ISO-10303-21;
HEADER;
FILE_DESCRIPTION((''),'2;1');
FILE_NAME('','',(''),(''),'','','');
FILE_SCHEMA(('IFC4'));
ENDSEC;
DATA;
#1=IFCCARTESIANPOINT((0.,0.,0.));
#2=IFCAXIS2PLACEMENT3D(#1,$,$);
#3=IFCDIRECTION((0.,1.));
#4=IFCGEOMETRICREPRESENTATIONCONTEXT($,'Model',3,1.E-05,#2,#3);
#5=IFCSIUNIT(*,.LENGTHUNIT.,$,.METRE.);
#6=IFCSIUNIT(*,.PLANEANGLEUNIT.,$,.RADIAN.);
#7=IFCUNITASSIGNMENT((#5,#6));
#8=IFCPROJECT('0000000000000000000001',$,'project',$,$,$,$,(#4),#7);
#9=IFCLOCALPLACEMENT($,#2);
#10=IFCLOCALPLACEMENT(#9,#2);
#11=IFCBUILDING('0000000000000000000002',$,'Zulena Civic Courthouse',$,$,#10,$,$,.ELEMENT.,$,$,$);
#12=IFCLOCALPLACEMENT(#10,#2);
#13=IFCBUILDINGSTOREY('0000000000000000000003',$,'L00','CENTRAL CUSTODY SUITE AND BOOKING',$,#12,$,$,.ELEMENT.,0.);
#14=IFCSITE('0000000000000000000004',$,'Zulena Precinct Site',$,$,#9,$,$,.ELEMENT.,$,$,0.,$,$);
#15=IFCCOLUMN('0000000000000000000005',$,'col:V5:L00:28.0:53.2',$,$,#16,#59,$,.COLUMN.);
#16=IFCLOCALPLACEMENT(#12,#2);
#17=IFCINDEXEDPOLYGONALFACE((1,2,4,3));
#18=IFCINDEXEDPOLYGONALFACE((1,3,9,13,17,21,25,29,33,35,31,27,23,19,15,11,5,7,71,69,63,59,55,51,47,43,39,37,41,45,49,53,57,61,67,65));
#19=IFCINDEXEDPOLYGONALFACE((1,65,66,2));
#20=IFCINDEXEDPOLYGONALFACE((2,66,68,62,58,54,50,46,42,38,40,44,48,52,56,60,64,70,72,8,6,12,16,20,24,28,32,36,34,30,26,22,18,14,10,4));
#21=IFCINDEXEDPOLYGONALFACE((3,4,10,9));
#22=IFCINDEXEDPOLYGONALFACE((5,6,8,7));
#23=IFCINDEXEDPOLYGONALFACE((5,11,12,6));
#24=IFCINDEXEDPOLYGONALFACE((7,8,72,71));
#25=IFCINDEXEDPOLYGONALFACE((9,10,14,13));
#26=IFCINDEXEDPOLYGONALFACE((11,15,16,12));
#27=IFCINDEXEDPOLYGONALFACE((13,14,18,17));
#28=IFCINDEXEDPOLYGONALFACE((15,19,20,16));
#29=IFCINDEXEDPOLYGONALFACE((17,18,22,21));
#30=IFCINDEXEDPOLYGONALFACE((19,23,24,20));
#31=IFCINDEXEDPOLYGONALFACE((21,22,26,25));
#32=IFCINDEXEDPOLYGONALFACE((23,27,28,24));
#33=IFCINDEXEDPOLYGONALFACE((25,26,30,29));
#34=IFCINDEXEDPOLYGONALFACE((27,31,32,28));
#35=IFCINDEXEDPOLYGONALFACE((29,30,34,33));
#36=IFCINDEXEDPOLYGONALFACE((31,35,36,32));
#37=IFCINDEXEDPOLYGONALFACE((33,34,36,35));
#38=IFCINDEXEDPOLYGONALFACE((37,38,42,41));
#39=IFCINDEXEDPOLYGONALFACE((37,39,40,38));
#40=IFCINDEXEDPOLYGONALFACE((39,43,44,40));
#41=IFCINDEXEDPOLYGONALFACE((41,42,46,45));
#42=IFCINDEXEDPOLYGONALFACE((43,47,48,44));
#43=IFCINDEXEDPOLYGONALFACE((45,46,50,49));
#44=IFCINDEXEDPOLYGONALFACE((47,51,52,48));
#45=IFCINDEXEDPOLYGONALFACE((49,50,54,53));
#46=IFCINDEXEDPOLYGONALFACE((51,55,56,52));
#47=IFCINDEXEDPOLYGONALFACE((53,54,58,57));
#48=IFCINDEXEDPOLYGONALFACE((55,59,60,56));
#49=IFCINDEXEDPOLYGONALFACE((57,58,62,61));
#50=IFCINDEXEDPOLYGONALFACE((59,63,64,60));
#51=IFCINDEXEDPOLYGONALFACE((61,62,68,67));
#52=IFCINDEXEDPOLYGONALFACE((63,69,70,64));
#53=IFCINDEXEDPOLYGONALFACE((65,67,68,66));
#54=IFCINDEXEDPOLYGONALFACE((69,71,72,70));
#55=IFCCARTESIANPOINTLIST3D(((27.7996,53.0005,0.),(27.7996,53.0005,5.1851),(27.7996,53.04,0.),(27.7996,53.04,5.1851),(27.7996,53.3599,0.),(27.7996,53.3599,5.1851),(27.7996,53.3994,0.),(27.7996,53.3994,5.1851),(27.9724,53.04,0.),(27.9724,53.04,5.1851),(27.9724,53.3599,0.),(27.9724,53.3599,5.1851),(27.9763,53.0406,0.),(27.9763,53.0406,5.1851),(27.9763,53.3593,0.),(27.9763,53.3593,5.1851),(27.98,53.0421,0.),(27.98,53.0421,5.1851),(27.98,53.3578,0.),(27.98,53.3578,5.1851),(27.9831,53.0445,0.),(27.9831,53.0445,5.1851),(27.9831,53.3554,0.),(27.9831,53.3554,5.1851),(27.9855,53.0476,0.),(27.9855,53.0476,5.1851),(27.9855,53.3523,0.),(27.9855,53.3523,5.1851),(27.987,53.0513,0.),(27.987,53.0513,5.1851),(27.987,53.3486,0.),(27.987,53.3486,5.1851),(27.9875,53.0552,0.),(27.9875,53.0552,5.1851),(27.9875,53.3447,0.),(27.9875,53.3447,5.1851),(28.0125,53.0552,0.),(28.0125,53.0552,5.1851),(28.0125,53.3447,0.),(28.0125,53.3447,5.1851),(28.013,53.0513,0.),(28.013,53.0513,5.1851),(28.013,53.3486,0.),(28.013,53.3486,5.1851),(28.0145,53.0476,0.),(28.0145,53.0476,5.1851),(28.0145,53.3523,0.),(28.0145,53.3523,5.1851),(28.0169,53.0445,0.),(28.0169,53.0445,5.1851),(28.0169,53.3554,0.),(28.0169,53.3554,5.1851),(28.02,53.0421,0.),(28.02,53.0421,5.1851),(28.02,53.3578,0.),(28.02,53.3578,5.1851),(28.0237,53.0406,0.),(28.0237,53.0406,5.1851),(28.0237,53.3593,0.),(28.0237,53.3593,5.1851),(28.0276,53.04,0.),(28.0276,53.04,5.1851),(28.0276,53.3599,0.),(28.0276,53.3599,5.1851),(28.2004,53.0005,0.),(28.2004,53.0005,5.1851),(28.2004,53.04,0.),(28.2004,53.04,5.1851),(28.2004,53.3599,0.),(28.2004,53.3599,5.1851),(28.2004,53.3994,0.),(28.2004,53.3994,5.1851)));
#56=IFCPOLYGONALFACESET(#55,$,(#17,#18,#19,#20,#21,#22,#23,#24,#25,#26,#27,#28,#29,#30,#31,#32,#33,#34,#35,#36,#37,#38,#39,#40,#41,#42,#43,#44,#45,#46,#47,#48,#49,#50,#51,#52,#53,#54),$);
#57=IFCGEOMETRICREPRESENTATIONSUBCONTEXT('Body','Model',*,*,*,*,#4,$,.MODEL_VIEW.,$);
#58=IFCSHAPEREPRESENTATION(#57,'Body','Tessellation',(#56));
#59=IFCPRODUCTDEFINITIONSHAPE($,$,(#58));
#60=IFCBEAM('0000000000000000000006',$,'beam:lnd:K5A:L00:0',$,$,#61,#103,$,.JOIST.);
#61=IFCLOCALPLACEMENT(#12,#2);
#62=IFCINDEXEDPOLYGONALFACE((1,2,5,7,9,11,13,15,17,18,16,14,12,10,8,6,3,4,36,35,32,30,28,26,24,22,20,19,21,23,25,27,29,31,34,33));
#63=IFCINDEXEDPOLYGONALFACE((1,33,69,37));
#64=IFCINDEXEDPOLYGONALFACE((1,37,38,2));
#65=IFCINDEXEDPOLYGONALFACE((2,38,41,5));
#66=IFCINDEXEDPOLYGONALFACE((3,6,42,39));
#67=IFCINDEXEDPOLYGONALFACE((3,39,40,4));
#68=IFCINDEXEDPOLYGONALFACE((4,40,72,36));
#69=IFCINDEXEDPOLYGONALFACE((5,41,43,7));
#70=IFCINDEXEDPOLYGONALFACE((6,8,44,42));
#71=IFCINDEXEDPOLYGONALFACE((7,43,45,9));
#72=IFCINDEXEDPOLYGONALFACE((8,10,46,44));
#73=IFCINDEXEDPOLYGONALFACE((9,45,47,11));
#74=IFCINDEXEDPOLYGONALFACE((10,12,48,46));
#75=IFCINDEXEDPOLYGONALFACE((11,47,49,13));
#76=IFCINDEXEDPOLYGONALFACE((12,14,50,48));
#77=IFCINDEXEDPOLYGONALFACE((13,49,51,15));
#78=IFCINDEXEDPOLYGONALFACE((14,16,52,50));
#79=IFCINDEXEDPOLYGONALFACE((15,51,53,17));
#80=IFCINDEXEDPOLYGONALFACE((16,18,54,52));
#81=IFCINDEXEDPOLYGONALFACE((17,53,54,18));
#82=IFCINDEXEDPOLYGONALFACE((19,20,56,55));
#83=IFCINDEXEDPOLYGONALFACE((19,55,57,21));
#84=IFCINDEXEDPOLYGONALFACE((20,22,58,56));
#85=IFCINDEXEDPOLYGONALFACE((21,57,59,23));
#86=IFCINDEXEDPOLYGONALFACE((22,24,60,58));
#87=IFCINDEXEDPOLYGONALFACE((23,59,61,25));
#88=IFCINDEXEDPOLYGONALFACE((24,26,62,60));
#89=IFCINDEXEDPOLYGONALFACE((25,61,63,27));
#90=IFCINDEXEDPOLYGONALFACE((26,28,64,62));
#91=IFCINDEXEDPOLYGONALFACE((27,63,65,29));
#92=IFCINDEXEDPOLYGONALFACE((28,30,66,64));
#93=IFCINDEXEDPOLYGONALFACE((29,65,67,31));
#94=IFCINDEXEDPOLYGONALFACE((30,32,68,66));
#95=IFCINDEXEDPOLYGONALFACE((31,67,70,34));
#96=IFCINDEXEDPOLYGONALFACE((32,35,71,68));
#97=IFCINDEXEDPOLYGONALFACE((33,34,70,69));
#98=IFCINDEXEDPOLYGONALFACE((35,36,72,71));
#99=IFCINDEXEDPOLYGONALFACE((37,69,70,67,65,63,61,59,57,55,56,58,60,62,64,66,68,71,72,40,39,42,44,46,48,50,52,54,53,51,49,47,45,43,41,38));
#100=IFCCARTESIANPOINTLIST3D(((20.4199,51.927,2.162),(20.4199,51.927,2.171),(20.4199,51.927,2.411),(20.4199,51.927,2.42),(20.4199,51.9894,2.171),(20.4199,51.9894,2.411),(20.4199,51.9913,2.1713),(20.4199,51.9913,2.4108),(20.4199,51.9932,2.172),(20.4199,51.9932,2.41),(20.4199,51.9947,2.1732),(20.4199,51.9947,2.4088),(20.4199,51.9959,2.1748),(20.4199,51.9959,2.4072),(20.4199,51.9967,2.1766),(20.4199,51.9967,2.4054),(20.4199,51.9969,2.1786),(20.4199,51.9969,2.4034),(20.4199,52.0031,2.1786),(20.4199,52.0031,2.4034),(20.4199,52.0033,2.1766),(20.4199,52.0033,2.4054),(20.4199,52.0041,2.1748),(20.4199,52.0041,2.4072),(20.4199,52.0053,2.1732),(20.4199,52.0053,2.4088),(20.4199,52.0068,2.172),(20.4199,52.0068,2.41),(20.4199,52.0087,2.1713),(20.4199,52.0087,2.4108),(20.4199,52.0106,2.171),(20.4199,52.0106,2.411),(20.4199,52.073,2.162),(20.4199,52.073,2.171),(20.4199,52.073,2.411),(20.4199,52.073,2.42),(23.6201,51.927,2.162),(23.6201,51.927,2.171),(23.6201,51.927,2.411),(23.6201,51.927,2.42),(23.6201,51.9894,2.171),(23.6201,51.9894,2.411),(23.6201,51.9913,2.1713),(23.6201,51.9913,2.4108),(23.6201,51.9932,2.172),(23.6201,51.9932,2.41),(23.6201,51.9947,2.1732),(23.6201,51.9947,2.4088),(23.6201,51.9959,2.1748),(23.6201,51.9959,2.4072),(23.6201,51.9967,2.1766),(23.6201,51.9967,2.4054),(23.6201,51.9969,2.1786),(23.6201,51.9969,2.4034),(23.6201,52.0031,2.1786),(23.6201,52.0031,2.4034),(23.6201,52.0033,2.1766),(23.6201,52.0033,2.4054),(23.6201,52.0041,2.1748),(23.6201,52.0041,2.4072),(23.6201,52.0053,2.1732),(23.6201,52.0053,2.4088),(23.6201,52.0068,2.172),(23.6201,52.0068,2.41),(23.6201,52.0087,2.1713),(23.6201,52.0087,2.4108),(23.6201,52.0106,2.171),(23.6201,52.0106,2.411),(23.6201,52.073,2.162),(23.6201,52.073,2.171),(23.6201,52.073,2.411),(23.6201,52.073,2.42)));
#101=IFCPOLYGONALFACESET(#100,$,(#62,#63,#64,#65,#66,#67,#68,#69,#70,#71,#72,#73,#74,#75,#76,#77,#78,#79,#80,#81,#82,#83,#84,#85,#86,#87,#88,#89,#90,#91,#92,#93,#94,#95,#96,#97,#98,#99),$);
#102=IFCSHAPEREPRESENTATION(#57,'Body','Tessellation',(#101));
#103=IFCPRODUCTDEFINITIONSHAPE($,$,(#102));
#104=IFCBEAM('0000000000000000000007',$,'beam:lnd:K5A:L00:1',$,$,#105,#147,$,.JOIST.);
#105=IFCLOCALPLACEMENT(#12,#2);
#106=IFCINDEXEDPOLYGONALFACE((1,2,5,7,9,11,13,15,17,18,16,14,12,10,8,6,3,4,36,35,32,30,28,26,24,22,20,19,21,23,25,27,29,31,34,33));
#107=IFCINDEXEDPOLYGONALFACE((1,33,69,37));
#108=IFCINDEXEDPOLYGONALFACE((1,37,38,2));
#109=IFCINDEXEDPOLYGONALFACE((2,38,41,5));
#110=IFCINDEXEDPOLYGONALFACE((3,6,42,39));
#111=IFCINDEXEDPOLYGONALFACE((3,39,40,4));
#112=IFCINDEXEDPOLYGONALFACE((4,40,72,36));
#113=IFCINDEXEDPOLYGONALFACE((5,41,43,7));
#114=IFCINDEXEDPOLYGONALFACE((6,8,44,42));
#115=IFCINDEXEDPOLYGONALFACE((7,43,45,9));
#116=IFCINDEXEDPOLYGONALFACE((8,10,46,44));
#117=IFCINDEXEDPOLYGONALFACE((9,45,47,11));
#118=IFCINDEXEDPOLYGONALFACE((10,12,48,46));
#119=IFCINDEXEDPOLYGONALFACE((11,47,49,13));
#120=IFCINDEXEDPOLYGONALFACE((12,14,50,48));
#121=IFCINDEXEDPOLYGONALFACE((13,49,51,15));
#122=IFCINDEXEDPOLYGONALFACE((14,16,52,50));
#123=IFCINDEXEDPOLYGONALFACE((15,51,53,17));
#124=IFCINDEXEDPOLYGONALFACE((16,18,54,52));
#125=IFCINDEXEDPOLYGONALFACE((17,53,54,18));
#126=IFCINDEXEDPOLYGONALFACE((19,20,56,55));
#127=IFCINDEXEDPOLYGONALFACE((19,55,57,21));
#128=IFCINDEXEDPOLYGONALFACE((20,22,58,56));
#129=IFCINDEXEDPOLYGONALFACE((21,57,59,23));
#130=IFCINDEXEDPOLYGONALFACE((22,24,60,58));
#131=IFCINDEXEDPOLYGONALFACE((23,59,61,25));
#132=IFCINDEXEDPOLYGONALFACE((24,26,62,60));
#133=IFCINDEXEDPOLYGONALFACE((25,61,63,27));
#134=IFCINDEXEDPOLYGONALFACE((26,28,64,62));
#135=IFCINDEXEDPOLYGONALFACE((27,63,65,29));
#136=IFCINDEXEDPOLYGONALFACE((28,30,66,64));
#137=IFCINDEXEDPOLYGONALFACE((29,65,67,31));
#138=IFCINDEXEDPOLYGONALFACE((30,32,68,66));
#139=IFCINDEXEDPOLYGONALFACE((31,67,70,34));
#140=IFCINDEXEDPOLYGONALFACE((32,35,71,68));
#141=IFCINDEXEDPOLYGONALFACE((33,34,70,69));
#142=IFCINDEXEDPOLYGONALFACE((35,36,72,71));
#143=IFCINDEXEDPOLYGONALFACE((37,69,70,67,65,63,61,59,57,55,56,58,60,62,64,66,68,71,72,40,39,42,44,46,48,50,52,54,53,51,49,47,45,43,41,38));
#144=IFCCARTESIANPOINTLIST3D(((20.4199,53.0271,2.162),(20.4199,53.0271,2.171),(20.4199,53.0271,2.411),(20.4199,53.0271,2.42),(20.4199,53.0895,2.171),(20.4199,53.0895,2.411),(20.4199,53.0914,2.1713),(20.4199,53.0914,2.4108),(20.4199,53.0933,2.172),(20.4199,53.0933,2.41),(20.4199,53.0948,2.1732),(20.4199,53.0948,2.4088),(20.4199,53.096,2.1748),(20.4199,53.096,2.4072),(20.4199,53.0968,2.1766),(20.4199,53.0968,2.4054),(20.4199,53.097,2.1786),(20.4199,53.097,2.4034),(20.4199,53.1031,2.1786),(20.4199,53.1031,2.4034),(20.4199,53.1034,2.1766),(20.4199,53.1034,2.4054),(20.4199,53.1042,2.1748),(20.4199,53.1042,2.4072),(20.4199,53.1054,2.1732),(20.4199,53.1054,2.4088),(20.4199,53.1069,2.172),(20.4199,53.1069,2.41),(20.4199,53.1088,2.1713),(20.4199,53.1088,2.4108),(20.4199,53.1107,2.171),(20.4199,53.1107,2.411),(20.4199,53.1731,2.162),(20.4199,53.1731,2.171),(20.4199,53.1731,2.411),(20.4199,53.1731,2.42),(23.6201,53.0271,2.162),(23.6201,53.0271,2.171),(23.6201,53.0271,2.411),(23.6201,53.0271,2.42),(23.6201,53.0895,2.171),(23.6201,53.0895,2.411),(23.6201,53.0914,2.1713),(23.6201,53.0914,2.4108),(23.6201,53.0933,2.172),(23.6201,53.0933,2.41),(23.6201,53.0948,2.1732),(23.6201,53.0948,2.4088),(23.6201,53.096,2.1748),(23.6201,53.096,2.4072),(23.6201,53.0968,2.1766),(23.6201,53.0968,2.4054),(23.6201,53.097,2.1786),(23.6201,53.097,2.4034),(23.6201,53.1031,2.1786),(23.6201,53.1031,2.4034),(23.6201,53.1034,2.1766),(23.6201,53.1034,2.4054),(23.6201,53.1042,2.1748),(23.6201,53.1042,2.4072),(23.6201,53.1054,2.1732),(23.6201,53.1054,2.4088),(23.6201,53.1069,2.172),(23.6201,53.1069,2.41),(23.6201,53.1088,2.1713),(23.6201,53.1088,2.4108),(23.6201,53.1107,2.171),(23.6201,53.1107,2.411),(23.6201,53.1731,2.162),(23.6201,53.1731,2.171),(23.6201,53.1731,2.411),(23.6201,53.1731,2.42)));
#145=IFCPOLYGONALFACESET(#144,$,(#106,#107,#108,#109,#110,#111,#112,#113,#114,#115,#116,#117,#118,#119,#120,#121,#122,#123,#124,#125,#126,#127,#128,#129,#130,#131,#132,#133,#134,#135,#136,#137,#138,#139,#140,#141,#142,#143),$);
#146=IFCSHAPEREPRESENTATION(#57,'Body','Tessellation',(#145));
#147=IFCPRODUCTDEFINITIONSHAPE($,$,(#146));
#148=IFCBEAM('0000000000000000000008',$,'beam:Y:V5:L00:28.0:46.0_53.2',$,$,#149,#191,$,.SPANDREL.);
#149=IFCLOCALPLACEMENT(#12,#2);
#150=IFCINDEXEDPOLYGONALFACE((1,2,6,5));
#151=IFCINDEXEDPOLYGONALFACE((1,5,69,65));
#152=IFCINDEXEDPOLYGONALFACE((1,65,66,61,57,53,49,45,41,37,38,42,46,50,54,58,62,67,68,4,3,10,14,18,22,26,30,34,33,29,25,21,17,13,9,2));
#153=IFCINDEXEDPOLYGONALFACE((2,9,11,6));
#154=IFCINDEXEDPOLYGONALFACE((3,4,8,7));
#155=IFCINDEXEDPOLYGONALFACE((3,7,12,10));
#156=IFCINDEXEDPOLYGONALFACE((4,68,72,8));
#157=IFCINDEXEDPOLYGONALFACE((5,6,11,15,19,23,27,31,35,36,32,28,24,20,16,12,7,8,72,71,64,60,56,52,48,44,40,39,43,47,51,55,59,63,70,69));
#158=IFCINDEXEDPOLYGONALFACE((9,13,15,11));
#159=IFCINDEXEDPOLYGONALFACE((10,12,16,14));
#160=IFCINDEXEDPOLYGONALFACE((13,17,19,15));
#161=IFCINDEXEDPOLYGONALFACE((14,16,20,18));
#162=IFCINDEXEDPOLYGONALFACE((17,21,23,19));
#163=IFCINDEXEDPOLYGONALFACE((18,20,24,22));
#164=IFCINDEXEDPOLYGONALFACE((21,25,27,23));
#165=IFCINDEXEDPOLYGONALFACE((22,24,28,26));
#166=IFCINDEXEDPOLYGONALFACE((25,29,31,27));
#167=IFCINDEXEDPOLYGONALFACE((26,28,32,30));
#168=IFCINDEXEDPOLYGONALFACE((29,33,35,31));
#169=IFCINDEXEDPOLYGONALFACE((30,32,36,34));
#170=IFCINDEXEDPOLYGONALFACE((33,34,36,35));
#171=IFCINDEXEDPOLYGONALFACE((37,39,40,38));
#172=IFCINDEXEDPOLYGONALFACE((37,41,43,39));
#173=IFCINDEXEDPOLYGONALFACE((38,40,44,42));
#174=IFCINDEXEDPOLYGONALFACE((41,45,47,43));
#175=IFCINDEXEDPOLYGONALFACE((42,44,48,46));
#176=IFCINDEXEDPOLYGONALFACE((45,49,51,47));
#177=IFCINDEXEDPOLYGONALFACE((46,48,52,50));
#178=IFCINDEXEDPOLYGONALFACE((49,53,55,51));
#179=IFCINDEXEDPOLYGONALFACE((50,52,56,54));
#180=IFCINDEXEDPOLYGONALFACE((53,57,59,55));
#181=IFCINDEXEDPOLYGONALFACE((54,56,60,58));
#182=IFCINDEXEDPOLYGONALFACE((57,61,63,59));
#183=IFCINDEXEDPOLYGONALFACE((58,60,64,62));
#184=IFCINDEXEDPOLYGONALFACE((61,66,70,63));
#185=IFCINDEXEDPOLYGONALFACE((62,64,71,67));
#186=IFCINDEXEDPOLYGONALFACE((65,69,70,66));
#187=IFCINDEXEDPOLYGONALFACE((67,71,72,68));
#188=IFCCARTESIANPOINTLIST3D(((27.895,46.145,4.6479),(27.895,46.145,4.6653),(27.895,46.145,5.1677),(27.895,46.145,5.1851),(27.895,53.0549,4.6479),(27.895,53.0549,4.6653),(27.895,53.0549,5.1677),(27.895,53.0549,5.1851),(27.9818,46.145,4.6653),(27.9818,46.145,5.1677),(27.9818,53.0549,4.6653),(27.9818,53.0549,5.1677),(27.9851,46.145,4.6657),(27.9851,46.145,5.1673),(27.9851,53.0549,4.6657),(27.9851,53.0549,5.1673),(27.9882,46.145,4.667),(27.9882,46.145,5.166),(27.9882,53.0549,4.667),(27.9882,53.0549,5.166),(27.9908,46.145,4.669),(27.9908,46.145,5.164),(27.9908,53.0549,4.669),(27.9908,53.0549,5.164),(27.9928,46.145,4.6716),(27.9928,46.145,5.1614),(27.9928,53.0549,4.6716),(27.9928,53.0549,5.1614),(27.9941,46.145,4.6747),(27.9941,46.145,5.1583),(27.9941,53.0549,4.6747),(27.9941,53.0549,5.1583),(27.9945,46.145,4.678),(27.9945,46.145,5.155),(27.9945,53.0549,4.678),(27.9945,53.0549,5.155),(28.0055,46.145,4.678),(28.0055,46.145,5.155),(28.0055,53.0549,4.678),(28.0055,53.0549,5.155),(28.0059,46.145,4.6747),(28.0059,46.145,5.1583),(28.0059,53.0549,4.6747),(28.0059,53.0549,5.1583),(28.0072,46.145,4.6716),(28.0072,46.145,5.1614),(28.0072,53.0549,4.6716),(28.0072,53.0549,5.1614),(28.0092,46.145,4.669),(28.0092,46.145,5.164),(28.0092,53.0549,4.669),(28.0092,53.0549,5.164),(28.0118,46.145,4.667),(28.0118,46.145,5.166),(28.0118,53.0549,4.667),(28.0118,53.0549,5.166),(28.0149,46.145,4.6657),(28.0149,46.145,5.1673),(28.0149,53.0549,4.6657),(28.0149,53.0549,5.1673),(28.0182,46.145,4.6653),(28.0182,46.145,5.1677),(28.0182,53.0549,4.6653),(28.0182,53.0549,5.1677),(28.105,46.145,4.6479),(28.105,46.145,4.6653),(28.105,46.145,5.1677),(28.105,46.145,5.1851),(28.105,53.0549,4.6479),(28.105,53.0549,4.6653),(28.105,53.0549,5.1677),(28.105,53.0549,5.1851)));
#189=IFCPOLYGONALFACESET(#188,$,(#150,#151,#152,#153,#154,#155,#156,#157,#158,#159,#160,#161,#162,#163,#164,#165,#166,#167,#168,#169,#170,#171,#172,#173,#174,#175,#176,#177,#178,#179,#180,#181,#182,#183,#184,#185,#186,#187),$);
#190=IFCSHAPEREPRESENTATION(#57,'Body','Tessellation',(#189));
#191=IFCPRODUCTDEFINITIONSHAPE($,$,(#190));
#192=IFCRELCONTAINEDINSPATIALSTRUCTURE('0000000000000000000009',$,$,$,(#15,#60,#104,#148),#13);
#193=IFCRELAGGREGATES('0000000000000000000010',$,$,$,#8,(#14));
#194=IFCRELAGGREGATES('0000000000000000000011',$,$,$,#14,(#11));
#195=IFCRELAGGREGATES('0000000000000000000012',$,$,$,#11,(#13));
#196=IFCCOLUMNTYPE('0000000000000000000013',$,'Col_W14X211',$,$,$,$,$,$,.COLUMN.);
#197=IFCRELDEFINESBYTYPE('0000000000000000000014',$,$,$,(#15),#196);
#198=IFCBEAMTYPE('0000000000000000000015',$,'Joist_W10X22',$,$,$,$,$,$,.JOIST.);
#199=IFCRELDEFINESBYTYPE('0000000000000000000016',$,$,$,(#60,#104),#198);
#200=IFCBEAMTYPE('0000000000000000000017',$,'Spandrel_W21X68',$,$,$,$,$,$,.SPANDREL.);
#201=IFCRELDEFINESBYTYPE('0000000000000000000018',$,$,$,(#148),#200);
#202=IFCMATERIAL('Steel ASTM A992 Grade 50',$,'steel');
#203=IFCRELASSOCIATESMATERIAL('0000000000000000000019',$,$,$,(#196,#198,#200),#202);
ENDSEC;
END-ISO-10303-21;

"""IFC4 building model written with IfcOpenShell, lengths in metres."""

from ifc_helpers import new_model, si_unit, direction, frame, origin, origin_2d, place, context, subcontext, project, spatial, i_section, extrude, material, material_profile, profile_set, type_object, element, save


model = new_model("IFC4")

# Units and contexts
model_context = context("Model", 3, precision=1e-05, world=origin(), true_north=direction((0.0, 1.0)))
body_context = subcontext(model_context, "Body", "Model", "MODEL_VIEW")
ifc_project = project(units=[si_unit("LENGTHUNIT", "METRE"), si_unit("PLANEANGLEUNIT", "RADIAN")], contexts=[model_context])

# Site, building, storey
site_placement = place(None, origin())
site = spatial("IfcSite", under=ifc_project, at=site_placement, Name="Zulena Precinct Site", CompositionType="ELEMENT", RefElevation=0.0)
building_placement = place(site_placement, origin())
building = spatial("IfcBuilding", under=site, at=building_placement, Name="Zulena Civic Courthouse", CompositionType="ELEMENT")
storey_placement = place(building_placement, origin())
storey = spatial("IfcBuildingStorey", under=building, at=storey_placement, Name="L00", Description="CENTRAL CUSTODY SUITE AND BOOKING", CompositionType="ELEMENT", Elevation=0.0)

# Column
ifc_material_1 = material(Name="Steel ASTM A992 Grade 50", Category="steel")
ifc_material_profile_1 = material_profile(ifc_material_1, i_section(OverallWidth=0.4009, OverallDepth=0.3989, WebThickness=0.0249, FlangeThickness=0.0396, FilletRadius=0.0151, at=origin_2d()), Name="W14X211")
ifc_profile_set_1 = profile_set([ifc_material_profile_1], Name="Steel ASTM A992 Grade 50")
column_type_1 = type_object("IfcColumnType", Name="Col_W14X211", PredefinedType="COLUMN", material=ifc_profile_set_1)
column_placement = place(storey_placement, frame((28.0, 53.2, 0.0), z_axis=(0.0, 0.0, 1.0), x_axis=(1.0, 0.0, 0.0)))
element("IfcColumn", 1, at=column_placement, inside=storey, type_object=column_type_1, Name="col:V5:L00:28.0:53.2", PredefinedType="COLUMN", context=body_context, shape_type="SweptSolid", body=[
    extrude(i_section(OverallWidth=0.4009, OverallDepth=0.3989, WebThickness=0.0249, FlangeThickness=0.0396, FilletRadius=0.0151, at=origin_2d()), origin(), (0.0, 0.0, 1.0), 5.1851),
])

# Beams
ifc_material_profile_2 = material_profile(ifc_material_1, i_section(OverallWidth=0.146, OverallDepth=0.2581, WebThickness=0.0061, FlangeThickness=0.009, FilletRadius=0.0076, at=origin_2d()), Name="W10X22")
ifc_profile_set_2 = profile_set([ifc_material_profile_2], Name="Steel ASTM A992 Grade 50")
beam_type_1 = type_object("IfcBeamType", Name="Joist_W10X22", PredefinedType="JOIST", material=ifc_profile_set_2)
for number, where, z_axis, x_axis, name in (
    (2, (20.4199, 52.0, 2.291), (1.0, 0.0, 0.0), (0.0, 1.0, 0.0), "beam:lnd:K5A:L00:0"),
    (3, (20.4199, 53.1001, 2.291), (1.0, 0.0, 0.0), (0.0, 1.0, 0.0), "beam:lnd:K5A:L00:1"),
):
    element("IfcBeam", number, at=place(storey_placement, frame(where, z_axis=z_axis, x_axis=x_axis)), inside=storey, type_object=beam_type_1, Name=name, PredefinedType="JOIST", context=body_context, shape_type="SweptSolid", body=[
        extrude(i_section(OverallWidth=0.146, OverallDepth=0.2581, WebThickness=0.0061, FlangeThickness=0.009, FilletRadius=0.0076, at=origin_2d()), origin(), (0.0, 0.0, 1.0), 3.2002),
    ])
ifc_material_profile_3 = material_profile(ifc_material_1, i_section(OverallWidth=0.21, OverallDepth=0.5371, WebThickness=0.011, FlangeThickness=0.0173, FilletRadius=0.0127, at=origin_2d()), Name="W21X68")
ifc_profile_set_3 = profile_set([ifc_material_profile_3], Name="Steel ASTM A992 Grade 50")
beam_type_2 = type_object("IfcBeamType", Name="Spandrel_W21X68", PredefinedType="SPANDREL", material=ifc_profile_set_3)
beam_placement = place(storey_placement, frame((28.0, 46.145, 4.9165), z_axis=(0.0, 1.0, 0.0), x_axis=(-1.0, 0.0, 0.0)))
element("IfcBeam", 4, at=beam_placement, inside=storey, type_object=beam_type_2, Name="beam:Y:V5:L00:28.0:46.0_53.2", PredefinedType="SPANDREL", context=body_context, shape_type="SweptSolid", body=[
    extrude(i_section(OverallWidth=0.21, OverallDepth=0.5371, WebThickness=0.011, FlangeThickness=0.0173, FilletRadius=0.0127, at=origin_2d()), origin(), (0.0, 0.0, 1.0), 6.9099),
])

save(model, "model.ifc")
